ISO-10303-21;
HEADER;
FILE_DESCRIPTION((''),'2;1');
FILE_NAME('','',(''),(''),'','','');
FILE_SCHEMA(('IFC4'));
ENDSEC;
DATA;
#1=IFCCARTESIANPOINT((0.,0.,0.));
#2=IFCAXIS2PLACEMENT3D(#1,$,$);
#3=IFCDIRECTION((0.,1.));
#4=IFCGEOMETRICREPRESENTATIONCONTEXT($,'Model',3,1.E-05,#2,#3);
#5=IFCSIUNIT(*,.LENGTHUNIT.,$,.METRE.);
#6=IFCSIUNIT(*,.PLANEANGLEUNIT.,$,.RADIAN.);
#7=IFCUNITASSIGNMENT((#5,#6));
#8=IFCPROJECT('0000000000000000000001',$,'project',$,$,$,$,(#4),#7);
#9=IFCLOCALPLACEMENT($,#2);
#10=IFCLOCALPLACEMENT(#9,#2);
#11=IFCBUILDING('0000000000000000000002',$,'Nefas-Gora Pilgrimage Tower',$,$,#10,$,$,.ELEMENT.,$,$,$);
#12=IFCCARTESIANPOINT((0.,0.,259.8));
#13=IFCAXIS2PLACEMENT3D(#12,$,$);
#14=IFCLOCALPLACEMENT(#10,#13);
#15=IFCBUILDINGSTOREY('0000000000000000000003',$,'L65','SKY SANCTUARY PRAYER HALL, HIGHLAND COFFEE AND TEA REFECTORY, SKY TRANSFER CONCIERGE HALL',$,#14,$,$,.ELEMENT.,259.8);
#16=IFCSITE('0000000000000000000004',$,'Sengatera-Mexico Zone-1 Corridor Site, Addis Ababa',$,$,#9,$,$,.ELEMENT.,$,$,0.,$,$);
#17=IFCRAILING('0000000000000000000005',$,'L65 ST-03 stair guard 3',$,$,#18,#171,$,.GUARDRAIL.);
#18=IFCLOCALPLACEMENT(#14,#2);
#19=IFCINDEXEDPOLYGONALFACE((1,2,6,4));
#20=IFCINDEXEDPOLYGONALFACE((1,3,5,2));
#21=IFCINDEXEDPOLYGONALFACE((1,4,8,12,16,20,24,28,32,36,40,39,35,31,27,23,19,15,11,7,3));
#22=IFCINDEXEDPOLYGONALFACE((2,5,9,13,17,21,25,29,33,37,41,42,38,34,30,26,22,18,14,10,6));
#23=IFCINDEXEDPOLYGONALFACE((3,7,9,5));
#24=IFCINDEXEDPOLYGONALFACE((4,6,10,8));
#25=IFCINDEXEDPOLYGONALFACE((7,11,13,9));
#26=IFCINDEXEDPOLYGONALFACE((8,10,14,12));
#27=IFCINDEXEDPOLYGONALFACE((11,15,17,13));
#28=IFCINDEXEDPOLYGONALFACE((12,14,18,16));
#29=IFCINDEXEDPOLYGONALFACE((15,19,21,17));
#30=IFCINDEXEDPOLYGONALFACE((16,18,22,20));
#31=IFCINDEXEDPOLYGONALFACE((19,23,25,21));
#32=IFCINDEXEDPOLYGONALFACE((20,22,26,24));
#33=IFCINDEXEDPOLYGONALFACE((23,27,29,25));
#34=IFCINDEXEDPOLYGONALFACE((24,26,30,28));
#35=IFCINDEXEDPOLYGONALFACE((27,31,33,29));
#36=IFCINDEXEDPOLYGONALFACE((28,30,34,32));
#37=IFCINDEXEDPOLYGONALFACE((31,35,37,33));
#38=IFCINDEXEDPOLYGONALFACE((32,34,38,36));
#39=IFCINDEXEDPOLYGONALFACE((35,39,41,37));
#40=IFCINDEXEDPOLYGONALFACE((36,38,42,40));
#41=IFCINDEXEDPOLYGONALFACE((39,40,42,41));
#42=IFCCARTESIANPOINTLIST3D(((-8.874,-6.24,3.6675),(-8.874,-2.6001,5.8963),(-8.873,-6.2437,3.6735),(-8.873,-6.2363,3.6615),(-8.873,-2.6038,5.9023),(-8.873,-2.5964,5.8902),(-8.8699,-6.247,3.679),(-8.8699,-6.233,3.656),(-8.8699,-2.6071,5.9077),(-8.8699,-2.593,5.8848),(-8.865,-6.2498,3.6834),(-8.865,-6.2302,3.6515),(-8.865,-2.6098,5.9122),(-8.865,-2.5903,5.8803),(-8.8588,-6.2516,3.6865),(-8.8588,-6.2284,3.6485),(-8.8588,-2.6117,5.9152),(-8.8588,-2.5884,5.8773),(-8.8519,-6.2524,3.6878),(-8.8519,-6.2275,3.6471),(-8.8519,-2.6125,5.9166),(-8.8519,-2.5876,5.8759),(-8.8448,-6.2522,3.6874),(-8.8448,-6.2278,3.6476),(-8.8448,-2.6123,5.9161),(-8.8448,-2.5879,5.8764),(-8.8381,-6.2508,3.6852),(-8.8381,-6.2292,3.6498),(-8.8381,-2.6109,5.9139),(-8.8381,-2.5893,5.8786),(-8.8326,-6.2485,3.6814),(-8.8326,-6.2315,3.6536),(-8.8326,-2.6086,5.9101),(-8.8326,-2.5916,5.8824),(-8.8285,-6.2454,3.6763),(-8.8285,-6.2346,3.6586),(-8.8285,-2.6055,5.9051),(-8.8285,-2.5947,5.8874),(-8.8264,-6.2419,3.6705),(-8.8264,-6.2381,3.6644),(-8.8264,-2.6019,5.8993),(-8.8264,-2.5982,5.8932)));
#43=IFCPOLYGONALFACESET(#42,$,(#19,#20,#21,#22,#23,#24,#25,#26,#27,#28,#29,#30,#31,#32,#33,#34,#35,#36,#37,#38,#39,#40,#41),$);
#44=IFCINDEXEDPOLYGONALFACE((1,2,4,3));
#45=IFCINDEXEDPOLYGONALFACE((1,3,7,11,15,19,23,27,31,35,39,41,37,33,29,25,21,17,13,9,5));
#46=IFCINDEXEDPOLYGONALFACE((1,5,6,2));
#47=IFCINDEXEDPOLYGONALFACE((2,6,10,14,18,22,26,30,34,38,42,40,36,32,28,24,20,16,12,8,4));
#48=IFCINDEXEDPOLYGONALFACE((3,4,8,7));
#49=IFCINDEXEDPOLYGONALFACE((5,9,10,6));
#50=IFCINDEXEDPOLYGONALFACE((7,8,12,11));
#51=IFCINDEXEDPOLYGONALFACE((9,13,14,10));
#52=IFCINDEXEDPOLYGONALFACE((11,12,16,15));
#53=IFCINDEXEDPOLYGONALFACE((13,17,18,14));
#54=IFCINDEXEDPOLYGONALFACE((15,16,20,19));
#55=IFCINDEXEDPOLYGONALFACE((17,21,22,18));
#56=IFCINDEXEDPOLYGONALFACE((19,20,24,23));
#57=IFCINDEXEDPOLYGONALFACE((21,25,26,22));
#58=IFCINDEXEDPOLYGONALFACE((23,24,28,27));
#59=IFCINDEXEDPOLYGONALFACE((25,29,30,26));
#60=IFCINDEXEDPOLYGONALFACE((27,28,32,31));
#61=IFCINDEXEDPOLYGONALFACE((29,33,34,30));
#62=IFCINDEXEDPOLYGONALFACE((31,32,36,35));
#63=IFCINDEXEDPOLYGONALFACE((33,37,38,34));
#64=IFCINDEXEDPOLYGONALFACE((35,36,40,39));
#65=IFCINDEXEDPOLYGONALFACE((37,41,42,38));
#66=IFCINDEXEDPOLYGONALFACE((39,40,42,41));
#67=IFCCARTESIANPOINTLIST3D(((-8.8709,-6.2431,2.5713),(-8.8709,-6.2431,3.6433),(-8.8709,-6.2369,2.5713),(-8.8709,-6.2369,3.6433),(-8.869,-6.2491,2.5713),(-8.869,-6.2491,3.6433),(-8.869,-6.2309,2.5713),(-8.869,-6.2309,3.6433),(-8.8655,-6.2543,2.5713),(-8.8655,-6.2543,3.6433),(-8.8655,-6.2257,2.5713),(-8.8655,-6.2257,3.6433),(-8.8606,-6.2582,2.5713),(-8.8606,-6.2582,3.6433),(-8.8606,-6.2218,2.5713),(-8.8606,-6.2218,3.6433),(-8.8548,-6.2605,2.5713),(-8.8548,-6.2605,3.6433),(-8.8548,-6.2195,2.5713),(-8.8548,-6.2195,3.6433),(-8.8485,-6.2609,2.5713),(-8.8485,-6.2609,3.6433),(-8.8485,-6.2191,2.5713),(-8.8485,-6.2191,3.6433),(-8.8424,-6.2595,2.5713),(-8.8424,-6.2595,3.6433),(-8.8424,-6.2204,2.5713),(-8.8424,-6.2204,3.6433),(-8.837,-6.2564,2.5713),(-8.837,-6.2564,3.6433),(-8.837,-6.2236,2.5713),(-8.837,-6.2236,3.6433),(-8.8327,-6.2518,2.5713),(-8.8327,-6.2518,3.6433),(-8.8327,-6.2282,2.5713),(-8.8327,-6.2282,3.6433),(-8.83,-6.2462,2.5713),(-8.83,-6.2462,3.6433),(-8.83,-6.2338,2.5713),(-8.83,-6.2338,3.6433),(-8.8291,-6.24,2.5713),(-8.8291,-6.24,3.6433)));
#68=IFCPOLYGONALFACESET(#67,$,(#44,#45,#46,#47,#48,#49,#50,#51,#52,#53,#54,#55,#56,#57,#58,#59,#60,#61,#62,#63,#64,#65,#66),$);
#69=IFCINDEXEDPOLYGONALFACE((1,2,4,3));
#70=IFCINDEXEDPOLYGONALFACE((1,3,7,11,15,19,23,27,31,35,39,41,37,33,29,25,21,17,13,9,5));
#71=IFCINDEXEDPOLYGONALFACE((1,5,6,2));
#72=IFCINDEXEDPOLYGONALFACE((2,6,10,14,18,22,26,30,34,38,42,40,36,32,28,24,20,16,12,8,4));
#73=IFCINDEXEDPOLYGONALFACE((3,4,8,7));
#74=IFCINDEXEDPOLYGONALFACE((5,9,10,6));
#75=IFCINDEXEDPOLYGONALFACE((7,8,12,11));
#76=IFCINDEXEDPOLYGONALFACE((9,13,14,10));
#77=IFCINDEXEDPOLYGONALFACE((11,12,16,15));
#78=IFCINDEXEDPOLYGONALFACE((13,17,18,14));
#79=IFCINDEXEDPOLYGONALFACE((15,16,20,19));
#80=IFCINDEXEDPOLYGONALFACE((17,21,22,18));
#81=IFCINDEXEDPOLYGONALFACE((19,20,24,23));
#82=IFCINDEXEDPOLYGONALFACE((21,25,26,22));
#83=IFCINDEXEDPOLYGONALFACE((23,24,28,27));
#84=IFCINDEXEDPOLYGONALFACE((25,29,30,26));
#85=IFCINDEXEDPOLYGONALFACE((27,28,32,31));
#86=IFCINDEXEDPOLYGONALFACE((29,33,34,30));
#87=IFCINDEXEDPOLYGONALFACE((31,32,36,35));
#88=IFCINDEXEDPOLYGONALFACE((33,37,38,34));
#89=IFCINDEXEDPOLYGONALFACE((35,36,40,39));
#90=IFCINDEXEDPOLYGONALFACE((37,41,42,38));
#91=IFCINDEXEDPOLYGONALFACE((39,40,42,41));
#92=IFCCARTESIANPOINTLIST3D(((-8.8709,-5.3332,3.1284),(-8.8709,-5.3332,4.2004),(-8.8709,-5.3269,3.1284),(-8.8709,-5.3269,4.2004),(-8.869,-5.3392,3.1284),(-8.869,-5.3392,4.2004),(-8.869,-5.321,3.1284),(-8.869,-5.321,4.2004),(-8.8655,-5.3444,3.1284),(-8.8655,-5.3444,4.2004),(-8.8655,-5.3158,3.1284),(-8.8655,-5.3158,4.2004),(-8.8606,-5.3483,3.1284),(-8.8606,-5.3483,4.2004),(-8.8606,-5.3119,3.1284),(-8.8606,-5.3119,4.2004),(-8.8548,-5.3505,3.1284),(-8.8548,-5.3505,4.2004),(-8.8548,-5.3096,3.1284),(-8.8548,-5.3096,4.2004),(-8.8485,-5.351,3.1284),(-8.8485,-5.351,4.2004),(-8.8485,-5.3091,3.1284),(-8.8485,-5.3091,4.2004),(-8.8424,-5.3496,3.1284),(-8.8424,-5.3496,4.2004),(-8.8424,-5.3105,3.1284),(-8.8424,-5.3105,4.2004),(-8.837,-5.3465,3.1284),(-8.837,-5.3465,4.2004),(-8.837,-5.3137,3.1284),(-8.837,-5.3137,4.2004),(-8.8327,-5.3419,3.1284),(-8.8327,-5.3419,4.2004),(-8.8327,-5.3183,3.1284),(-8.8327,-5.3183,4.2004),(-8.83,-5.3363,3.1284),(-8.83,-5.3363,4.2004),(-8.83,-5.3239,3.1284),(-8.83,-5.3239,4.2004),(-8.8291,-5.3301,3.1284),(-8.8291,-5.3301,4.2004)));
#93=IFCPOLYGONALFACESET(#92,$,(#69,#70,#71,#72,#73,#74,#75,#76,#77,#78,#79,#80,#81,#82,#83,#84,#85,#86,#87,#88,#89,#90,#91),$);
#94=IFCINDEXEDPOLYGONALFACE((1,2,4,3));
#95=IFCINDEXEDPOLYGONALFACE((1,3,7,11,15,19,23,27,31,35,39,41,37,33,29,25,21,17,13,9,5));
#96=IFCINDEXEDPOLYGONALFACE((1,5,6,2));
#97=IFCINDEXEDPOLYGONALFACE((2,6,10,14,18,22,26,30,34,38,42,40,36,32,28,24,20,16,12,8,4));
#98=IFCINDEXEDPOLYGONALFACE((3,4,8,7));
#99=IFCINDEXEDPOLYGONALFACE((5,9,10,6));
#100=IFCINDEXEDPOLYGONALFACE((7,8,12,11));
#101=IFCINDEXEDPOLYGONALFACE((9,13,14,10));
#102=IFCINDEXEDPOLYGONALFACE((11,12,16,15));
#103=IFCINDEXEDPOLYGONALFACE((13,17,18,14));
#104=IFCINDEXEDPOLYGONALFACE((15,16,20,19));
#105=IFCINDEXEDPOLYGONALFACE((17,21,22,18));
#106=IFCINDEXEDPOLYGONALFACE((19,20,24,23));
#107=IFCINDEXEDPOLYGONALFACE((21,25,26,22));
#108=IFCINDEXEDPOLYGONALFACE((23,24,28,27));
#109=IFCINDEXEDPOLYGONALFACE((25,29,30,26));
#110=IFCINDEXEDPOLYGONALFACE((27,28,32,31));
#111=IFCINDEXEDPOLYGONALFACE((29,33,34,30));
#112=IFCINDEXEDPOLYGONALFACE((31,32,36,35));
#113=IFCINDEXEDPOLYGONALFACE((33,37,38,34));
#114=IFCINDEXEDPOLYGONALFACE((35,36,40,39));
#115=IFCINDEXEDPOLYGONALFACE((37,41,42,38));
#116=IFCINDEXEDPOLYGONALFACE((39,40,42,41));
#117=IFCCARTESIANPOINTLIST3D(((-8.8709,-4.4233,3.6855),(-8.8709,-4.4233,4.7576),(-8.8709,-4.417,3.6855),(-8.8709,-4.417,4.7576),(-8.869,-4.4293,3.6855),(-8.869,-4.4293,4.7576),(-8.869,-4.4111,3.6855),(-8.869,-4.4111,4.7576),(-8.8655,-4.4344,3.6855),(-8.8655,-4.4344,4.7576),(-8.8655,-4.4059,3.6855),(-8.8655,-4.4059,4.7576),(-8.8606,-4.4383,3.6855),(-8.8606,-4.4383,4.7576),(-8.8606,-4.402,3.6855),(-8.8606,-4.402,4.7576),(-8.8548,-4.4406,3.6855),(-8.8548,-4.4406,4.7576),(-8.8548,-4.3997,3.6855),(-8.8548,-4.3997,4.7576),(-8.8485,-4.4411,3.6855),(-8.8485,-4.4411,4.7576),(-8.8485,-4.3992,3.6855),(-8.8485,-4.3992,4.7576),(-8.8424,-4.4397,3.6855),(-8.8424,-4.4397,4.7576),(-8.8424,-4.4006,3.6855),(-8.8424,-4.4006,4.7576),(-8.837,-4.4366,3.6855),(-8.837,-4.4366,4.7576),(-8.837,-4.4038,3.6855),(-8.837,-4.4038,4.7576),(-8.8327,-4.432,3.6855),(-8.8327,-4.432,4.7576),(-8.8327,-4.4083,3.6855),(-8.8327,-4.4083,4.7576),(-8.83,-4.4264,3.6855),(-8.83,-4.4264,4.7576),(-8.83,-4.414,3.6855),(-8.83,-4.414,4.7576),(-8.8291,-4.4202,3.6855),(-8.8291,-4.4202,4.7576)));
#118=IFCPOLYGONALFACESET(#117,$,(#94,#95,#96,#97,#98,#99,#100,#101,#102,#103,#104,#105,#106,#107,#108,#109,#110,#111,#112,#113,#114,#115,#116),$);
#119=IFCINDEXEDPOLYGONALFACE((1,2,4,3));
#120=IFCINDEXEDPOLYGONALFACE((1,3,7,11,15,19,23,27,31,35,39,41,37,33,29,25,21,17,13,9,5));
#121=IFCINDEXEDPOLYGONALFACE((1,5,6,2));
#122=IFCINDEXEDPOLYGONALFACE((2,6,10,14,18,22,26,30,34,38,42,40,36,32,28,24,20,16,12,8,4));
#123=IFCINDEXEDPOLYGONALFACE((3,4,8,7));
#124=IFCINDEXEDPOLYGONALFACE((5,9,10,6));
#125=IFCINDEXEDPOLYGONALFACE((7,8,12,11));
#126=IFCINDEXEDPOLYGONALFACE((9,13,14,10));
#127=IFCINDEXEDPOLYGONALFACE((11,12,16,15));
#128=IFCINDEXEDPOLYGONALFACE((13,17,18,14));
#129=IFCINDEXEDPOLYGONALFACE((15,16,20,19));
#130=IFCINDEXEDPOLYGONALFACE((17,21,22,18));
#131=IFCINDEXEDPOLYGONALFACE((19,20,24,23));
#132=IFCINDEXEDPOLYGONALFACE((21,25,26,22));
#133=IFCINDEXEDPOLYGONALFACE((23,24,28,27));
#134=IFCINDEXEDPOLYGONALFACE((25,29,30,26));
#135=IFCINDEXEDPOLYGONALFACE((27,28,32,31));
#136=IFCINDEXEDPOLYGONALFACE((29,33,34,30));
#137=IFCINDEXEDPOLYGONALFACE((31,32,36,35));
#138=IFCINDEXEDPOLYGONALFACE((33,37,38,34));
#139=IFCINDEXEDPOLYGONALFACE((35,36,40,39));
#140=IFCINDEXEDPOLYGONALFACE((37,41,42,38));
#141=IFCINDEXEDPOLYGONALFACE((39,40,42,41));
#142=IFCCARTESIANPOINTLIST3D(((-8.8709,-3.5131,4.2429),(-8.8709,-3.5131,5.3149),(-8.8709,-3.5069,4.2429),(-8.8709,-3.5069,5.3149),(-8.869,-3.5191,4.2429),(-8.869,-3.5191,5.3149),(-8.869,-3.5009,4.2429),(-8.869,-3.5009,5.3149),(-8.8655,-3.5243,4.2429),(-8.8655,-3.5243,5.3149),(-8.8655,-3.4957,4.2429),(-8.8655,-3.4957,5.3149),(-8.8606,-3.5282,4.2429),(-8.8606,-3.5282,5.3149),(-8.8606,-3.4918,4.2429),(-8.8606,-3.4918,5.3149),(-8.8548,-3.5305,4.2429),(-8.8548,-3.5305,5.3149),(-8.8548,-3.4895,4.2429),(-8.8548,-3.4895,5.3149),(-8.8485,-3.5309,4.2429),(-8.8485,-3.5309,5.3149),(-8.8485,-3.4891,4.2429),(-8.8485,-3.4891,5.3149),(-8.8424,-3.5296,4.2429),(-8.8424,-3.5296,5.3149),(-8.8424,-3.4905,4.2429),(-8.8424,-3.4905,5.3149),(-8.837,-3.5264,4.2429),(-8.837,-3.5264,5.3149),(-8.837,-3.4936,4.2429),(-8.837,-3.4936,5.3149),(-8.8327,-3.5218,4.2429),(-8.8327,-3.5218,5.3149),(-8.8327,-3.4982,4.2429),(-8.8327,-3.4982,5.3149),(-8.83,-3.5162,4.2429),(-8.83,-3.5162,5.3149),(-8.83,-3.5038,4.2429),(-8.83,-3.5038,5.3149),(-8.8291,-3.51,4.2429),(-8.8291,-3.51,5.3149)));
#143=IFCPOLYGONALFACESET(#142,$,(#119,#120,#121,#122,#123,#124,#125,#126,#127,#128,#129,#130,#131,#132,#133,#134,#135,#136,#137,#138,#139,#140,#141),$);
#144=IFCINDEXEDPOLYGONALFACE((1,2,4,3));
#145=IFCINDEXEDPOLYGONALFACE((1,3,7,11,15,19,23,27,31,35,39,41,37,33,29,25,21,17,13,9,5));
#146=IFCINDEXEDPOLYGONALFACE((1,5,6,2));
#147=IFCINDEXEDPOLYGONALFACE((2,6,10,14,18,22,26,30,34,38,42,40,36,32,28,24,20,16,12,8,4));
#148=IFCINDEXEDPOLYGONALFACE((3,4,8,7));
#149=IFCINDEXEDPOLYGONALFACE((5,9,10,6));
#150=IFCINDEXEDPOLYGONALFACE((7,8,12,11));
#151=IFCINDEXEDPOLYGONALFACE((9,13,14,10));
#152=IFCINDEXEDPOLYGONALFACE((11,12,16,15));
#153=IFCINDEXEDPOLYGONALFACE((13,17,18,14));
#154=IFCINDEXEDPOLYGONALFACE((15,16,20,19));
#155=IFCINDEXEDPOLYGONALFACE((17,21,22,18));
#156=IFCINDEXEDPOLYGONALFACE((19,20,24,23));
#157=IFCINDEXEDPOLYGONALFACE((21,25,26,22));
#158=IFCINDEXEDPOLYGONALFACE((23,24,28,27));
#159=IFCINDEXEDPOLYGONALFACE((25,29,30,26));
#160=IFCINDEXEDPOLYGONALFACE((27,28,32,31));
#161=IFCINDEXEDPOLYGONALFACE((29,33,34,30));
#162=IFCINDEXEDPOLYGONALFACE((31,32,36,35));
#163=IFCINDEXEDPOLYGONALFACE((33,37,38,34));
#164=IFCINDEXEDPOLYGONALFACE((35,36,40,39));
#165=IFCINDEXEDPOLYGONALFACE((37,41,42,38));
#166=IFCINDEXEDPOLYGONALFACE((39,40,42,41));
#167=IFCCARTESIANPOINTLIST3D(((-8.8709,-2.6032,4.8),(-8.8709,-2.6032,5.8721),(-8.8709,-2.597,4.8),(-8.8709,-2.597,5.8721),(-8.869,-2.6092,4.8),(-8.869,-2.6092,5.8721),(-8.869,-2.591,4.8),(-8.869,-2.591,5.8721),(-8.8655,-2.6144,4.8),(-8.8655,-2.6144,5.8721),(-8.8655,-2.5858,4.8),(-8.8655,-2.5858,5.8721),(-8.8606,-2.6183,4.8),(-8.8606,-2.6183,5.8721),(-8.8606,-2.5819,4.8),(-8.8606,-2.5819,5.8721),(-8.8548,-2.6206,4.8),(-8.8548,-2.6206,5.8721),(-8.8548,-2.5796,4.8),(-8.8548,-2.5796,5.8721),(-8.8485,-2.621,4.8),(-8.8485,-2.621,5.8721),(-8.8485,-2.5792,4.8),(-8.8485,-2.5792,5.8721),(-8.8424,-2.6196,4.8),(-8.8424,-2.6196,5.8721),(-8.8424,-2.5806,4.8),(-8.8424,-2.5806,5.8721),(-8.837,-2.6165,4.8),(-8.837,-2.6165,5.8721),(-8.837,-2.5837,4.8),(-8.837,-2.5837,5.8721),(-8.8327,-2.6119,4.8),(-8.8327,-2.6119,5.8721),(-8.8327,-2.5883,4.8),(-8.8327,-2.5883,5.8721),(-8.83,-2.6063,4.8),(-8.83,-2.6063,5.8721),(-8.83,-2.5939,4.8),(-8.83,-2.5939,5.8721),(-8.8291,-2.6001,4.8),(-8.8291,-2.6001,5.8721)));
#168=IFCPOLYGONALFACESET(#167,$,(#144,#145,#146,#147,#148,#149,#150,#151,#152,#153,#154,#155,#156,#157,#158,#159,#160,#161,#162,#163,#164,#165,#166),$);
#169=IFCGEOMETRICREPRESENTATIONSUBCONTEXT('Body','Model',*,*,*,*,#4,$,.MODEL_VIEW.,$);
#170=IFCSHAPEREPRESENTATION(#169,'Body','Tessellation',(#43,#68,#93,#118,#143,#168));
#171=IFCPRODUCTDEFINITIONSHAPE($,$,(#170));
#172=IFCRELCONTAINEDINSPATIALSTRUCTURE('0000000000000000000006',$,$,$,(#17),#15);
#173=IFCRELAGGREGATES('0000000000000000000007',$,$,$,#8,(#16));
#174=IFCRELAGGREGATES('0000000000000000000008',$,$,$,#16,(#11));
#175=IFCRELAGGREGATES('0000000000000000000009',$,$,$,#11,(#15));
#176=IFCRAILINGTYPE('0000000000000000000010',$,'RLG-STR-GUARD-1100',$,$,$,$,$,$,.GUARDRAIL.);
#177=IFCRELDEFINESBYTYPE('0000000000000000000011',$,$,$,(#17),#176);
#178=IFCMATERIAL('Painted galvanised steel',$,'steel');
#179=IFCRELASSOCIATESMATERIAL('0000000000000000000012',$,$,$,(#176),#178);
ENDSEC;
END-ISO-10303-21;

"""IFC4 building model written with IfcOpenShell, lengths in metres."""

from ifc_helpers import new_model, si_unit, direction, frame, origin, origin_2d, place, context, subcontext, project, spatial, circle, extrude, material, type_object, element, save


model = new_model("IFC4")

# Units and contexts
model_context = context("Model", 3, precision=1e-05, world=origin(), true_north=direction((0.0, 1.0)))
body_context = subcontext(model_context, "Body", "Model", "MODEL_VIEW")
ifc_project = project(units=[si_unit("LENGTHUNIT", "METRE"), si_unit("PLANEANGLEUNIT", "RADIAN")], contexts=[model_context])

# Site, building, storey
site_placement = place(None, origin())
site = spatial("IfcSite", under=ifc_project, at=site_placement, Name="Sengatera-Mexico Zone-1 Corridor Site, Addis Ababa", CompositionType="ELEMENT", RefElevation=0.0)
building_placement = place(site_placement, origin())
building = spatial("IfcBuilding", under=site, at=building_placement, Name="Nefas-Gora Pilgrimage Tower", CompositionType="ELEMENT")
storey_placement = place(building_placement, frame((0.0, 0.0, 259.8)))
storey = spatial("IfcBuildingStorey", under=building, at=storey_placement, Name="L65", Description="SKY SANCTUARY PRAYER HALL, HIGHLAND COFFEE AND TEA REFECTORY, SKY TRANSFER CONCIERGE HALL", CompositionType="ELEMENT", Elevation=259.8)

# Railing
ifc_material_1 = material(Name="Painted galvanised steel", Category="steel")
railing_type_1 = type_object("IfcRailingType", Name="RLG-STR-GUARD-1100", PredefinedType="GUARDRAIL", material=ifc_material_1)
railing_1_placement = place(storey_placement, frame((-8.8501, -6.24, 2.5713)))
element("IfcRailing", 1, at=railing_1_placement, inside=storey, type_object=railing_type_1, Name="L65 ST-03 stair guard 3", PredefinedType="GUARDRAIL", context=body_context, shape_type="SweptSolid", body=[
    extrude(circle(Radius=0.0239, at=origin_2d()), frame((0.0, 0.0, 1.0962), z_axis=(0.0, 0.852825, 0.522197), x_axis=(-1.0, 0.0, 0.0)), (0.0, 0.0, 1.0), 4.2681),
    extrude(circle(Radius=0.021, at=origin_2d()), origin(), (0.0, 0.0, 1.0), 1.072),
    extrude(circle(Radius=0.021, at=origin_2d()), frame((0.0, 0.9099, 0.5571)), (0.0, 0.0, 1.0), 1.072),
    extrude(circle(Radius=0.021, at=origin_2d()), frame((0.0, 1.8198, 1.1143)), (0.0, 0.0, 1.0), 1.072),
    extrude(circle(Radius=0.021, at=origin_2d()), frame((0.0, 2.73, 1.6716)), (0.0, 0.0, 1.0), 1.072),
    extrude(circle(Radius=0.021, at=origin_2d()), frame((0.0, 3.6399, 2.2288)), (0.0, 0.0, 1.0), 1.072),
])

save(model, "model.ifc")
